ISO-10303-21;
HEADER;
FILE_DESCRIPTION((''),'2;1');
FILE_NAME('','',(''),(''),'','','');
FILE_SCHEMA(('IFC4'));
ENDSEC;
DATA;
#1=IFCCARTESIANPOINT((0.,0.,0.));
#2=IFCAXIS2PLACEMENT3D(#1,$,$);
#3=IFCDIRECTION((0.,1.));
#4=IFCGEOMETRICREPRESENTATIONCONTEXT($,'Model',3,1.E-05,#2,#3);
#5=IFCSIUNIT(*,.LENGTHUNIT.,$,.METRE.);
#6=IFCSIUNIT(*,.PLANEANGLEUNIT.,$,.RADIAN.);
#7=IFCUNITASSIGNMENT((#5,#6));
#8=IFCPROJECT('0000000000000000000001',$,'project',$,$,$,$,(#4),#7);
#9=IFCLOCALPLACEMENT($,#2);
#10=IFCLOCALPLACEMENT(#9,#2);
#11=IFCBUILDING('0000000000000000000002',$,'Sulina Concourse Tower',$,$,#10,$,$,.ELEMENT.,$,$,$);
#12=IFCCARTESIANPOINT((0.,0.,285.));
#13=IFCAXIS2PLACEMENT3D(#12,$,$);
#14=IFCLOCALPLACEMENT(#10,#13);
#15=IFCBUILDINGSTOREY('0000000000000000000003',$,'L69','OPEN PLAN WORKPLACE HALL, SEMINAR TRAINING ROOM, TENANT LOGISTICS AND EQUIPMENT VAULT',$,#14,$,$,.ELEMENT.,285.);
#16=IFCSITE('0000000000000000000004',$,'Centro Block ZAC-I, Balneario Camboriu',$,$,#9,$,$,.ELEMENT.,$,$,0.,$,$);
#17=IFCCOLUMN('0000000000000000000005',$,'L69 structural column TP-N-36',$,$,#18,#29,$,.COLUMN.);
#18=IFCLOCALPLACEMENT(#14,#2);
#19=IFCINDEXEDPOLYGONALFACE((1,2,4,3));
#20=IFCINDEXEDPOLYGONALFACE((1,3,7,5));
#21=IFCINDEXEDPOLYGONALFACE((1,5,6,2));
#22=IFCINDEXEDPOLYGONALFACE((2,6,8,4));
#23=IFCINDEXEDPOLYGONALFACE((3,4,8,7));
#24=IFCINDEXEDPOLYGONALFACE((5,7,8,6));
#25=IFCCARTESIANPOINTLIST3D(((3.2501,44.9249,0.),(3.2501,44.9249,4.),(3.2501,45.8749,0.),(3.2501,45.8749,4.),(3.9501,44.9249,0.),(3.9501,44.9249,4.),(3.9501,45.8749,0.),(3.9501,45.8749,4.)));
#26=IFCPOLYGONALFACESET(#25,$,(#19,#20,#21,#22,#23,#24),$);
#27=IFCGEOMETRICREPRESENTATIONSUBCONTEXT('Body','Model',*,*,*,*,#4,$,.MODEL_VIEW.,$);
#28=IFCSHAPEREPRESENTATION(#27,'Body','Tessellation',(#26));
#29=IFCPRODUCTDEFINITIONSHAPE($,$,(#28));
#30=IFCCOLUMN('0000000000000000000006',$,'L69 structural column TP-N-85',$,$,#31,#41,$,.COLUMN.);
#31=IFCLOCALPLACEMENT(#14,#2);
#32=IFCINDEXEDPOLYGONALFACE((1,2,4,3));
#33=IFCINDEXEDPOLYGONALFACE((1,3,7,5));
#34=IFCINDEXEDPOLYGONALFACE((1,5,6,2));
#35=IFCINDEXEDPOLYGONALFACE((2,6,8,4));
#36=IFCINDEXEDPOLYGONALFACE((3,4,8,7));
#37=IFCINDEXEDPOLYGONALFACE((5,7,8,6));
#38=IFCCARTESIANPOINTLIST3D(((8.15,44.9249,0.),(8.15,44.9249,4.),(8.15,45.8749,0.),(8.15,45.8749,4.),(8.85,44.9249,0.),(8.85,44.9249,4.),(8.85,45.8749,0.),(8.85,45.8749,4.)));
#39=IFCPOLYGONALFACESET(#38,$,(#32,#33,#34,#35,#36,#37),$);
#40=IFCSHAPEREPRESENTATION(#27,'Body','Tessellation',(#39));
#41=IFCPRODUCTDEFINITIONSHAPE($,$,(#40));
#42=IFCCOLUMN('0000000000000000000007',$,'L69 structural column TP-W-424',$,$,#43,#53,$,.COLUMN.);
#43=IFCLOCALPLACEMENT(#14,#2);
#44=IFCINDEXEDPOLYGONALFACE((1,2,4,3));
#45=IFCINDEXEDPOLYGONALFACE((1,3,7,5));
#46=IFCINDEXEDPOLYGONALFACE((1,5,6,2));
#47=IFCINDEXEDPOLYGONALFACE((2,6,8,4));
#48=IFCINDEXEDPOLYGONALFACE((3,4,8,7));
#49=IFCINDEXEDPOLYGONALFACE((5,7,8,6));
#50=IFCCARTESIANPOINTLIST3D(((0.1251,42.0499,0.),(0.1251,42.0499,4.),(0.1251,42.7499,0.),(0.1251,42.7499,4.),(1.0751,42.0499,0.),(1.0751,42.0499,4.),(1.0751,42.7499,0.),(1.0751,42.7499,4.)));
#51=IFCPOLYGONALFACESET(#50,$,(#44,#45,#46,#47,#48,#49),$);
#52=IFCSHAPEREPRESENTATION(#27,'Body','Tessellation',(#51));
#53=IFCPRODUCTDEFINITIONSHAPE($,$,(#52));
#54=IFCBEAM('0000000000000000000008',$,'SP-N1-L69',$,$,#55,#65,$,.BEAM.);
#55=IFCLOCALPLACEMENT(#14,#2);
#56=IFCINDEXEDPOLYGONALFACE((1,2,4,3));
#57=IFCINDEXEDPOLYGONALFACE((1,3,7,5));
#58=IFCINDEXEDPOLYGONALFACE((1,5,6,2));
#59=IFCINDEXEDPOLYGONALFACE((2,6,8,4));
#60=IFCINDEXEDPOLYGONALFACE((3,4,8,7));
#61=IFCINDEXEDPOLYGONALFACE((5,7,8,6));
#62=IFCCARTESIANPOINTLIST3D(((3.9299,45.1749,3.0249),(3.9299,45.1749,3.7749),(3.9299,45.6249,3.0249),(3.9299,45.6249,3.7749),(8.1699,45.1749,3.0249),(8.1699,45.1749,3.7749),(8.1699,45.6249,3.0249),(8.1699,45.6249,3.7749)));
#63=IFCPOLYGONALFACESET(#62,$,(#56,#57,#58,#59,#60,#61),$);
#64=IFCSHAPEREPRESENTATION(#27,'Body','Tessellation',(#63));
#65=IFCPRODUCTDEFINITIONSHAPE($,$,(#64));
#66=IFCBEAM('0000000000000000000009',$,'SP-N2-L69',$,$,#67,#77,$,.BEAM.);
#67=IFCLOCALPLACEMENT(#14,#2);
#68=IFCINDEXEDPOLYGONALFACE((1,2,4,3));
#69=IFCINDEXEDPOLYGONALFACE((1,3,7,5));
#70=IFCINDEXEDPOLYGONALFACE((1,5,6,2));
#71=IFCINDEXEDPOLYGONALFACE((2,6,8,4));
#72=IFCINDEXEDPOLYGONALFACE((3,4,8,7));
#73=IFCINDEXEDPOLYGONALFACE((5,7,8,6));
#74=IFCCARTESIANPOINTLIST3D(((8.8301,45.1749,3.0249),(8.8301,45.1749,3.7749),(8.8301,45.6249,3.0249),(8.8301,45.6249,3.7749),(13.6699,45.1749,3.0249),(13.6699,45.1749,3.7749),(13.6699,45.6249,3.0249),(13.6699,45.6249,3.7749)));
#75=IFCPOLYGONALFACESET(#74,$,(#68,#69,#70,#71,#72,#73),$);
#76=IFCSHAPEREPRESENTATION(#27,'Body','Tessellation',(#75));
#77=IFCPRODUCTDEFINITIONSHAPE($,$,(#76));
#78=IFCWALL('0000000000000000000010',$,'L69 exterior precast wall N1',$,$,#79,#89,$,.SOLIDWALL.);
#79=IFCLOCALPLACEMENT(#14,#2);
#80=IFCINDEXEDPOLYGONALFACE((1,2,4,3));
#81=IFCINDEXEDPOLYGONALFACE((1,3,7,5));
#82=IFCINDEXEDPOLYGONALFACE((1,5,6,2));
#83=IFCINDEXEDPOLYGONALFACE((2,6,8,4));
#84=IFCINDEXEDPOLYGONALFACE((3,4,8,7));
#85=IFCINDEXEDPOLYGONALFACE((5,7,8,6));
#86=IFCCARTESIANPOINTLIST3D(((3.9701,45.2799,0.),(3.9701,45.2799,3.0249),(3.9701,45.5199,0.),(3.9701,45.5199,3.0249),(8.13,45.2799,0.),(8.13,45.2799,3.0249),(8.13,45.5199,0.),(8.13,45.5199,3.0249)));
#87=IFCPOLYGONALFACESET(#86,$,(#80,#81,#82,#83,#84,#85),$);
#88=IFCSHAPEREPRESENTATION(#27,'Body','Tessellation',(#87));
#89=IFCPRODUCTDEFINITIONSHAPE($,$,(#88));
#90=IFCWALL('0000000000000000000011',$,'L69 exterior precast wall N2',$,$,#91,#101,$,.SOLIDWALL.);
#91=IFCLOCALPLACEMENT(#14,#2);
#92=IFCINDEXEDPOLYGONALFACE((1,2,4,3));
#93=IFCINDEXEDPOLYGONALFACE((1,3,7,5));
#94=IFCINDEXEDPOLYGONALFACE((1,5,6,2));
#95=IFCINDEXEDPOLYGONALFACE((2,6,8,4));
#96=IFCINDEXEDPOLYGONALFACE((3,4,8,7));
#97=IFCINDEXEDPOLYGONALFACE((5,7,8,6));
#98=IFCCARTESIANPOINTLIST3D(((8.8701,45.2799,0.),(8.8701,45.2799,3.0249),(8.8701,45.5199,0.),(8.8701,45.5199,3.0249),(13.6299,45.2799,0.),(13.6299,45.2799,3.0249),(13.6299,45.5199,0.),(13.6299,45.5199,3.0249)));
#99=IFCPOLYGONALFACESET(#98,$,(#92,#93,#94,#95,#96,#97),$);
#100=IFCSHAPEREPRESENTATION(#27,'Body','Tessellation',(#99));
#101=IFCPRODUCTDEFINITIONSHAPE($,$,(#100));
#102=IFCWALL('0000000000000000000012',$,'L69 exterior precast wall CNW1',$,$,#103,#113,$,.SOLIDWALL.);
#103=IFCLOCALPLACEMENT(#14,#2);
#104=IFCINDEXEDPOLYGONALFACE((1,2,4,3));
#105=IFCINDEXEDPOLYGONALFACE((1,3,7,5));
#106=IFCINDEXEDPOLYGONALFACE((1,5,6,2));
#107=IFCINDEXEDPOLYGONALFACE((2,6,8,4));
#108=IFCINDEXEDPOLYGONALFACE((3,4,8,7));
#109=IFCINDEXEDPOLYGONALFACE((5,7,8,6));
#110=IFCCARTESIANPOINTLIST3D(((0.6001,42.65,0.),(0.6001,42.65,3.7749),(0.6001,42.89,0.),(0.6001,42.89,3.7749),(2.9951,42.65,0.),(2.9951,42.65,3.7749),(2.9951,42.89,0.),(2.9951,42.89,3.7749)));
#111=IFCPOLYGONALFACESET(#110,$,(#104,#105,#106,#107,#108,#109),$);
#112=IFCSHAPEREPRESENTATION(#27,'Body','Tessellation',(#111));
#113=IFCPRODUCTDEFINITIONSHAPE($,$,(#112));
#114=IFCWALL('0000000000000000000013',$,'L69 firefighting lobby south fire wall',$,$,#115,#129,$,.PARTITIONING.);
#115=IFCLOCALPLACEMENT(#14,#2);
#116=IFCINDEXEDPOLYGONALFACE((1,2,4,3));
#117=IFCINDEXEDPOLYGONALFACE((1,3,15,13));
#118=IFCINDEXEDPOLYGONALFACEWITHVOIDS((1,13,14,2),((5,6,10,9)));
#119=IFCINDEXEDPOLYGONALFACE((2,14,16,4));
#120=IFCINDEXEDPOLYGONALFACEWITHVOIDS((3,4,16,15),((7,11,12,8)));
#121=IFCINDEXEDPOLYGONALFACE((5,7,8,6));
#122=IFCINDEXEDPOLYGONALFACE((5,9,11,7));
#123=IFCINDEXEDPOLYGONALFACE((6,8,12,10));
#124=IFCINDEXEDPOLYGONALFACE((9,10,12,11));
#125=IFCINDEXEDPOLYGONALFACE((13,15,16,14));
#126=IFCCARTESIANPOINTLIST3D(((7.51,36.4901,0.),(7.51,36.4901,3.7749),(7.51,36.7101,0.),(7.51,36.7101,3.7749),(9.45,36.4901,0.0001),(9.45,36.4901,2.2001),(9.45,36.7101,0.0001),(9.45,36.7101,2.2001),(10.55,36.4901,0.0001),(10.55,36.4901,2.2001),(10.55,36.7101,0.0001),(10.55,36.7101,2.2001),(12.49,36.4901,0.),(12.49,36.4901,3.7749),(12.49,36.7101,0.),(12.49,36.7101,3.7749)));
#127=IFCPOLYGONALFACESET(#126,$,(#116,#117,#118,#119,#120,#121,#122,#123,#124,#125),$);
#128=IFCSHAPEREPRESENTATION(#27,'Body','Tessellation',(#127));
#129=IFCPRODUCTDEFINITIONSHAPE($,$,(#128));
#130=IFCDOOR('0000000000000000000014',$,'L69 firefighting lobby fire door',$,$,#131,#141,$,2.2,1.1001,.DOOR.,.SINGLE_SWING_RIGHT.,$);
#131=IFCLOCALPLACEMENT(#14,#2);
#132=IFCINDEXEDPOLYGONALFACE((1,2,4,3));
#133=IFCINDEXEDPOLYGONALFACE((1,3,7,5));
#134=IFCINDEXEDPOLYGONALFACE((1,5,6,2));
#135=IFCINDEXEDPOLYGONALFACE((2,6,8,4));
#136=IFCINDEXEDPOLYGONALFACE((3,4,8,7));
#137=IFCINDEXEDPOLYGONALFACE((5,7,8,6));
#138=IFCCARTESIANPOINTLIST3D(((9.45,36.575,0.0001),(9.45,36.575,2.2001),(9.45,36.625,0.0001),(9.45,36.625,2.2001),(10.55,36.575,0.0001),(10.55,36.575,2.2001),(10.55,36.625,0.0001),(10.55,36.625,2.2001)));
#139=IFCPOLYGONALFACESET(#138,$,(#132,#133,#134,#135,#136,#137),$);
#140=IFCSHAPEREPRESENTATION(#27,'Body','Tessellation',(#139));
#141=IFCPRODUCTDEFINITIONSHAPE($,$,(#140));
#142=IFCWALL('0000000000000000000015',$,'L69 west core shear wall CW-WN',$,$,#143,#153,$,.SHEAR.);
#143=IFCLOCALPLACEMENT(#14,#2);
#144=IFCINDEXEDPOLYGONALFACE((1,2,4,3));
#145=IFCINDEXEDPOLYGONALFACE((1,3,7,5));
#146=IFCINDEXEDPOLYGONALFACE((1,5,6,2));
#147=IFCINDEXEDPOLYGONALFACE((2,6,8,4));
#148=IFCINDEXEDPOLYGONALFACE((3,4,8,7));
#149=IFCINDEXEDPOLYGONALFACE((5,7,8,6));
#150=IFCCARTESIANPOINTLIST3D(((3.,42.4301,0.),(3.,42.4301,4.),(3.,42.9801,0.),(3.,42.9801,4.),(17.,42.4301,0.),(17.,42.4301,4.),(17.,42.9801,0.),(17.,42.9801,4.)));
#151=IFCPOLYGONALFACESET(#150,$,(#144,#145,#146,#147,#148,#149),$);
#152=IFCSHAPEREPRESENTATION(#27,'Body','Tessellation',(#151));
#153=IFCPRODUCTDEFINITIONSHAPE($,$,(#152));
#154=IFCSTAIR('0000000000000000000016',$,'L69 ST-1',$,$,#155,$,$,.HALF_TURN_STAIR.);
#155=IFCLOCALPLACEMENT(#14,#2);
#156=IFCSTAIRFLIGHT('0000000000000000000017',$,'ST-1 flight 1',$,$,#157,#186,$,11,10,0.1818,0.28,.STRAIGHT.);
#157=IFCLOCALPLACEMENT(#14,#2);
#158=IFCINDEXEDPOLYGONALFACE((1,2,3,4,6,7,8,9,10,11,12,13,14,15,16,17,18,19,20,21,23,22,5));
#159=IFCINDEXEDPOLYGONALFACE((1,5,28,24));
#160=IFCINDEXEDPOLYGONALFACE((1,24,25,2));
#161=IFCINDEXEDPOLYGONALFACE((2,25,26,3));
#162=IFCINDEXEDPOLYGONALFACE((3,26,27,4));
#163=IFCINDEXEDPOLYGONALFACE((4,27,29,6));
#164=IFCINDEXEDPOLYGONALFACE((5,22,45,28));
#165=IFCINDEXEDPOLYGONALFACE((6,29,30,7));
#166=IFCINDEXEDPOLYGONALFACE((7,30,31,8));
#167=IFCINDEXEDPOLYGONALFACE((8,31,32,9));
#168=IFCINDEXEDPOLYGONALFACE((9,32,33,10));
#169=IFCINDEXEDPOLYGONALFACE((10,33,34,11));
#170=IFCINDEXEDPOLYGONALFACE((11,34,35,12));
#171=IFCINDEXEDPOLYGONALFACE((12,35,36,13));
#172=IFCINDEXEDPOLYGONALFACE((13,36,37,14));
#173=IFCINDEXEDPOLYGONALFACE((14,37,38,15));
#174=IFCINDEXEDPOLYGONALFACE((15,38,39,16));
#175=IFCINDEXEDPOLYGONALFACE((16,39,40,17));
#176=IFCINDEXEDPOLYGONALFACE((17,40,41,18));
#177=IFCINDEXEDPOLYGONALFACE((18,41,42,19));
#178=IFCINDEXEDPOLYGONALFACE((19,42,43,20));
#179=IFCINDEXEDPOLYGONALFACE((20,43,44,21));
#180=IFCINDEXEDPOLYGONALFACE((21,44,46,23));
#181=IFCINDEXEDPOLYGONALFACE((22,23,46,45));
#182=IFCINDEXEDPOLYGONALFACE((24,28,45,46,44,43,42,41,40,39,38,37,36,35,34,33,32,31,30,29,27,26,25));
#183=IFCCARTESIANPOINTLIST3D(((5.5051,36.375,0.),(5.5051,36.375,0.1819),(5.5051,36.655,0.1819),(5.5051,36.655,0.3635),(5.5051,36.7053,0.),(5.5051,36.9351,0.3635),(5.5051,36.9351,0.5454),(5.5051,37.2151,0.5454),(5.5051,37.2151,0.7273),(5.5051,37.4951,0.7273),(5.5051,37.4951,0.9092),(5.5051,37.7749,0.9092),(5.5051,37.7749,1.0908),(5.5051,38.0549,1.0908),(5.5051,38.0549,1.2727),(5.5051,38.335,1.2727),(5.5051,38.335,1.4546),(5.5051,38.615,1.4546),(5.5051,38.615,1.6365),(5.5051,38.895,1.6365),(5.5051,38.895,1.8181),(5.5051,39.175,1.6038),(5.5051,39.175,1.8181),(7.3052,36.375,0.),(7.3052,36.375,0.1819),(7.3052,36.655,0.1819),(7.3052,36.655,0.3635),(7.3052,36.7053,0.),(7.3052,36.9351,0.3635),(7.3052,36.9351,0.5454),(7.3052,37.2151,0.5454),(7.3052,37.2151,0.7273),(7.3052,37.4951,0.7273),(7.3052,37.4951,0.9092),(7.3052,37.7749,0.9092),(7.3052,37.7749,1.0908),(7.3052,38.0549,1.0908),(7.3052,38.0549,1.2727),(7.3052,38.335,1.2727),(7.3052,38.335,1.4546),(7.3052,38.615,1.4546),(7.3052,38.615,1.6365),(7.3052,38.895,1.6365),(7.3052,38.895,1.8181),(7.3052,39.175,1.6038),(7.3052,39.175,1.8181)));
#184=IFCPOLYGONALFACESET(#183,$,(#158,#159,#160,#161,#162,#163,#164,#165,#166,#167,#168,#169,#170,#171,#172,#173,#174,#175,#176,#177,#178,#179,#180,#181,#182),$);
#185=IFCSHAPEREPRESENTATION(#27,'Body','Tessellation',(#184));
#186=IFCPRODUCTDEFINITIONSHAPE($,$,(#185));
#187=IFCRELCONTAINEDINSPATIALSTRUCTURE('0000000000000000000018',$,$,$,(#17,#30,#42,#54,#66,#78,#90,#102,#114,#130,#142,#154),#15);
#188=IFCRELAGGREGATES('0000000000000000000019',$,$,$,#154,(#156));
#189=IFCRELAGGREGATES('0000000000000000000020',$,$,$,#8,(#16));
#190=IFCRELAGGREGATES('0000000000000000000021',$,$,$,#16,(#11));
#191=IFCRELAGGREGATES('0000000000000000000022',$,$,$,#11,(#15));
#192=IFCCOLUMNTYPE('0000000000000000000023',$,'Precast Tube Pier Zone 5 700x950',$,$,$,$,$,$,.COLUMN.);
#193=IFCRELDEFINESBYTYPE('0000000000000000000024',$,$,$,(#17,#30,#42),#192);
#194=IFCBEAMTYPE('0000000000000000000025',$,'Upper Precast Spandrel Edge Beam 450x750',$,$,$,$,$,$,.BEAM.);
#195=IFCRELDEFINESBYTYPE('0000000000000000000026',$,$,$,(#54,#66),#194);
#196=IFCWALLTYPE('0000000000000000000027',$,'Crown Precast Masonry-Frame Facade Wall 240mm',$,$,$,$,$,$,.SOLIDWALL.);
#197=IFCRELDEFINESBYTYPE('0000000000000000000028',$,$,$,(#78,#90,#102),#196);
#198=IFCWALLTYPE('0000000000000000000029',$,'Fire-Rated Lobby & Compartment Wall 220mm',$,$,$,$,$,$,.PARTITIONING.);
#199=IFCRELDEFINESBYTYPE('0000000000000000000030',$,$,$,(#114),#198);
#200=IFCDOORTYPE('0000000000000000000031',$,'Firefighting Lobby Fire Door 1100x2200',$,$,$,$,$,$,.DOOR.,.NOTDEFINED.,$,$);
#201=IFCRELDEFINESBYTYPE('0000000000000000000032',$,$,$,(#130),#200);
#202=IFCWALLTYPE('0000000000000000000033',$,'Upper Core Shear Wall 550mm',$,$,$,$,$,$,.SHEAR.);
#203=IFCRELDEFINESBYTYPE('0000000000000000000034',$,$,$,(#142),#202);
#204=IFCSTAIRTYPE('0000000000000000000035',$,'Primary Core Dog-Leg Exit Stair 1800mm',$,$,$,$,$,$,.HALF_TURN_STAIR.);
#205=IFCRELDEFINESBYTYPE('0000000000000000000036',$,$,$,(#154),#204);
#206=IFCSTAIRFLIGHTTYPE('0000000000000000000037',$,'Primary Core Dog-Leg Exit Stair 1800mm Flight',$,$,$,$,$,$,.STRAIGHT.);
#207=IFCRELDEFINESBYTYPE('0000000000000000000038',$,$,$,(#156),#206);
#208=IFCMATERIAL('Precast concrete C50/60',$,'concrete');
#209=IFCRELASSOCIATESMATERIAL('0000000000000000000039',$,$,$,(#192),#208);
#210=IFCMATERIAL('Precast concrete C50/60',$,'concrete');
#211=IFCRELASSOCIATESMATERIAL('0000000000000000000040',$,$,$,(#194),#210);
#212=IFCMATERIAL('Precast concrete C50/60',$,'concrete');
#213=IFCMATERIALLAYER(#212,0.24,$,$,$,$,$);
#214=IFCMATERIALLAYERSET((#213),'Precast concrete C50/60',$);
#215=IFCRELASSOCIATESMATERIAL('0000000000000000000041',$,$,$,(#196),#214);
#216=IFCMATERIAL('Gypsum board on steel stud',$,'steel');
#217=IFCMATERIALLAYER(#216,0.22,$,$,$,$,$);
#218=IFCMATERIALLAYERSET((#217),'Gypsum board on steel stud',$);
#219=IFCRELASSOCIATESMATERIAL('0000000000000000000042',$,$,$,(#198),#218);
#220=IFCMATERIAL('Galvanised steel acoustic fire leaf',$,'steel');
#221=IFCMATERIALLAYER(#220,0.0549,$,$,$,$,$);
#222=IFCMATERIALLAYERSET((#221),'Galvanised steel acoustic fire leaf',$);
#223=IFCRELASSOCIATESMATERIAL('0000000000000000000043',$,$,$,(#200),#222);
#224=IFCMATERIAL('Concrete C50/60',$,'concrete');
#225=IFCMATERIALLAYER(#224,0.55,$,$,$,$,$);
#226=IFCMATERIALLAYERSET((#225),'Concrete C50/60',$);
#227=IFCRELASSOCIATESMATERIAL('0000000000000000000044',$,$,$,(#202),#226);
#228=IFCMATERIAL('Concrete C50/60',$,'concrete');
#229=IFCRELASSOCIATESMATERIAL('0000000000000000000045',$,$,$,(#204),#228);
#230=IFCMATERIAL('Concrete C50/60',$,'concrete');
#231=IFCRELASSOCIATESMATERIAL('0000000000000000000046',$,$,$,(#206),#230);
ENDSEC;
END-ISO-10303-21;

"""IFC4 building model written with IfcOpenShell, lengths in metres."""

from ifc_helpers import new_model, si_unit, direction, frame, frame_2d, origin, origin_2d, place, context, subcontext, project, spatial, polyline, rectangle, outline, extrude, material, layer, layer_set, material_profile, profile_set, type_object, element, fill, aggregate, save


model = new_model("IFC4")

# Units and contexts
model_context = context("Model", 3, precision=1e-05, world=origin(), true_north=direction((0.0, 1.0)))
body_context = subcontext(model_context, "Body", "Model", "MODEL_VIEW")
ifc_project = project(units=[si_unit("LENGTHUNIT", "METRE"), si_unit("PLANEANGLEUNIT", "RADIAN")], contexts=[model_context])

# Site, building, storey
site_placement = place(None, origin())
site = spatial("IfcSite", under=ifc_project, at=site_placement, Name="Centro Block ZAC-I, Balneario Camboriu", CompositionType="ELEMENT", RefElevation=0.0)
building_placement = place(site_placement, origin())
building = spatial("IfcBuilding", under=site, at=building_placement, Name="Sulina Concourse Tower", CompositionType="ELEMENT")
storey_placement = place(building_placement, frame((0.0, 0.0, 285.0)))
storey = spatial("IfcBuildingStorey", under=building, at=storey_placement, Name="L69", Description="OPEN PLAN WORKPLACE HALL, SEMINAR TRAINING ROOM, TENANT LOGISTICS AND EQUIPMENT VAULT", CompositionType="ELEMENT", Elevation=285.0)

# Columns
ifc_material_1 = material(Name="Precast concrete C50/60", Category="concrete")
ifc_material_profile_1 = material_profile(ifc_material_1, rectangle(XDim=0.7, YDim=0.95, at=origin_2d()), Name="PC 700x950")
ifc_profile_set_1 = profile_set([ifc_material_profile_1], Name="Precast concrete C50/60")
column_type = type_object("IfcColumnType", Name="Precast Tube Pier Zone 5 700x950", PredefinedType="COLUMN", material=ifc_profile_set_1)
for number, where, z_axis, x_axis, name in (
    (1, (3.6001, 45.3999, 0.0), (0.0, 0.0, 1.0), (1.0, 0.0, 0.0), "L69 structural column TP-N-36"),
    (2, (8.5, 45.3999, 0.0), (0.0, 0.0, 1.0), (1.0, 0.0, 0.0), "L69 structural column TP-N-85"),
    (3, (0.6001, 42.3999, 0.0), (0.0, 0.0, 1.0), (0.0, 1.0, 0.0), "L69 structural column TP-W-424"),
):
    element("IfcColumn", number, at=place(storey_placement, frame(where, z_axis=z_axis, x_axis=x_axis)), inside=storey, type_object=column_type, Name=name, PredefinedType="COLUMN", context=body_context, shape_type="SweptSolid", body=[
        extrude(rectangle(XDim=0.7, YDim=0.95, at=origin_2d()), origin(), (0.0, 0.0, 1.0), 4.0),
    ])

# Beams
ifc_material_2 = material(Name="Precast concrete C50/60", Category="concrete")
ifc_material_profile_2 = material_profile(ifc_material_2, rectangle(XDim=0.45, YDim=0.75, at=origin_2d()), Name="RC 450x750")
ifc_profile_set_2 = profile_set([ifc_material_profile_2], Name="Precast concrete C50/60")
beam_type = type_object("IfcBeamType", Name="Upper Precast Spandrel Edge Beam 450x750", PredefinedType="BEAM", material=ifc_profile_set_2)
beam_1_placement = place(storey_placement, frame((3.9299, 45.3999, 3.3999), z_axis=(1.0, 0.0, 0.0), x_axis=(0.0, 1.0, 0.0)))
element("IfcBeam", 4, at=beam_1_placement, inside=storey, type_object=beam_type, Name="SP-N1-L69", PredefinedType="BEAM", context=body_context, shape_type="SweptSolid", body=[
    extrude(rectangle(XDim=0.45, YDim=0.75, at=origin_2d()), origin(), (0.0, 0.0, 1.0), 4.24),
])
beam_2_placement = place(storey_placement, frame((8.8301, 45.3999, 3.3999), z_axis=(1.0, 0.0, 0.0), x_axis=(0.0, 1.0, 0.0)))
element("IfcBeam", 5, at=beam_2_placement, inside=storey, type_object=beam_type, Name="SP-N2-L69", PredefinedType="BEAM", context=body_context, shape_type="SweptSolid", body=[
    extrude(rectangle(XDim=0.45, YDim=0.75, at=origin_2d()), origin(), (0.0, 0.0, 1.0), 4.8398),
])

# Walls
ifc_material_3 = material(Name="Precast concrete C50/60", Category="concrete")
ifc_layer_1 = layer(ifc_material_3, 0.24)
ifc_layer_set_1 = layer_set([ifc_layer_1], Name="Precast concrete C50/60")
wall_type_1 = type_object("IfcWallType", Name="Crown Precast Masonry-Frame Facade Wall 240mm", PredefinedType="SOLIDWALL", material=ifc_layer_set_1)
wall_1_placement = place(storey_placement, frame((3.97, 45.3999, 0.0), z_axis=(0.0, 0.0, 1.0), x_axis=(1.0, 0.0, 0.0)))
element("IfcWall", 6, at=wall_1_placement, inside=storey, type_object=wall_type_1, Name="L69 exterior precast wall N1", PredefinedType="SOLIDWALL", context=body_context, shape_type="SweptSolid", body=[
    extrude(rectangle(XDim=4.1599, YDim=0.24, at=frame_2d((2.0801, 0.0))), origin(), (0.0, 0.0, 1.0), 3.0249),
])
wall_2_placement = place(storey_placement, frame((8.8701, 45.3999, 0.0), z_axis=(0.0, 0.0, 1.0), x_axis=(1.0, 0.0, 0.0)))
element("IfcWall", 7, at=wall_2_placement, inside=storey, type_object=wall_type_1, Name="L69 exterior precast wall N2", PredefinedType="SOLIDWALL", context=body_context, shape_type="SweptSolid", body=[
    extrude(rectangle(XDim=4.7598, YDim=0.24, at=frame_2d((2.3799, 0.0))), origin(), (0.0, 0.0, 1.0), 3.0249),
])
wall_3_placement = place(storey_placement, frame((0.6001, 42.77, 0.0), z_axis=(0.0, 0.0, 1.0), x_axis=(1.0, 0.0, 0.0)))
element("IfcWall", 8, at=wall_3_placement, inside=storey, type_object=wall_type_1, Name="L69 exterior precast wall CNW1", PredefinedType="SOLIDWALL", context=body_context, shape_type="SweptSolid", body=[
    extrude(rectangle(XDim=2.395, YDim=0.24, at=frame_2d((1.1975, 0.0))), origin(), (0.0, 0.0, 1.0), 3.7749),
])

# Wall, opening, door
ifc_material_4 = material(Name="Gypsum board on steel stud", Category="steel")
ifc_layer_2 = layer(ifc_material_4, 0.22)
ifc_layer_set_2 = layer_set([ifc_layer_2], Name="Gypsum board on steel stud")
wall_type_2 = type_object("IfcWallType", Name="Fire-Rated Lobby & Compartment Wall 220mm", PredefinedType="PARTITIONING", material=ifc_layer_set_2)
wall_4_placement = place(storey_placement, frame((7.51, 36.6001, 0.0), z_axis=(0.0, 0.0, 1.0), x_axis=(1.0, 0.0, 0.0)))
wall_4 = element("IfcWall", 9, at=wall_4_placement, inside=storey, type_object=wall_type_2, Name="L69 firefighting lobby south fire wall", PredefinedType="PARTITIONING", context=body_context, shape_type="SweptSolid", body=[
    extrude(rectangle(XDim=4.98, YDim=0.22, at=frame_2d((2.49, 0.0))), origin(), (0.0, 0.0, 1.0), 3.7749),
])
opening_placement = place(wall_4_placement, frame((1.9399, 0.0, 0.0)))
opening = element("IfcOpeningElement", 10, at=opening_placement, cuts=wall_4, PredefinedType="OPENING", context=body_context, shape_type="SweptSolid", body=[
    extrude(rectangle(XDim=1.1001, YDim=2.2, at=frame_2d((0.55, 1.1001))), frame((0.0, 0.1199, 0.0), z_axis=(0.0, -1.0, 0.0), x_axis=(1.0, 0.0, 0.0)), (0.0, 0.0, 1.0), 0.24),
])
ifc_material_5 = material(Name="Galvanised steel acoustic fire leaf", Category="steel")
ifc_layer_3 = layer(ifc_material_5, 0.0549)
ifc_layer_set_3 = layer_set([ifc_layer_3], Name="Galvanised steel acoustic fire leaf")
door_type = type_object("IfcDoorType", Name="Firefighting Lobby Fire Door 1100x2200", OperationType="NOTDEFINED", PredefinedType="DOOR", material=ifc_layer_set_3)
door_placement = place(opening_placement, origin())
door = element("IfcDoor", 11, at=door_placement, inside=storey, type_object=door_type, Name="L69 firefighting lobby fire door", OperationType="SINGLE_SWING_RIGHT", OverallHeight=2.2, OverallWidth=1.1001, PredefinedType="DOOR", context=body_context, shape_type="SweptSolid", body=[
    extrude(rectangle(XDim=1.1001, YDim=2.2, at=frame_2d((0.55, 1.1001))), frame((0.0, 0.0249, 0.0), z_axis=(0.0, -1.0, 0.0), x_axis=(1.0, 0.0, 0.0)), (0.0, 0.0, 1.0), 0.05),
])
fill(opening, door)

# Wall
ifc_material_6 = material(Name="Concrete C50/60", Category="concrete")
ifc_layer_4 = layer(ifc_material_6, 0.55)
ifc_layer_set_4 = layer_set([ifc_layer_4], Name="Concrete C50/60")
wall_type_3 = type_object("IfcWallType", Name="Upper Core Shear Wall 550mm", PredefinedType="SHEAR", material=ifc_layer_set_4)
wall_5_placement = place(storey_placement, frame((3.0, 42.7051, 0.0), z_axis=(0.0, 0.0, 1.0), x_axis=(1.0, 0.0, 0.0)))
element("IfcWall", 12, at=wall_5_placement, inside=storey, type_object=wall_type_3, Name="L69 west core shear wall CW-WN", PredefinedType="SHEAR", context=body_context, shape_type="SweptSolid", body=[
    extrude(rectangle(XDim=14.0, YDim=0.55, at=frame_2d((7.0, 0.0))), origin(), (0.0, 0.0, 1.0), 4.0),
])

# Stair, stair flight
ifc_material_7 = material(Name="Concrete C50/60", Category="concrete")
stair_type = type_object("IfcStairType", Name="Primary Core Dog-Leg Exit Stair 1800mm", PredefinedType="HALF_TURN_STAIR", material=ifc_material_7)
stair_placement = place(storey_placement, origin())
stair = element("IfcStair", 13, at=stair_placement, inside=storey, type_object=stair_type, Name="L69 ST-1", PredefinedType="HALF_TURN_STAIR")
ifc_material_8 = material(Name="Concrete C50/60", Category="concrete")
stair_flight_type = type_object("IfcStairFlightType", Name="Primary Core Dog-Leg Exit Stair 1800mm Flight", PredefinedType="STRAIGHT", material=ifc_material_8)
stair_flight_1_placement = place(storey_placement, frame((6.405, 36.375, 0.0), z_axis=(0.0, 0.0, 1.0), x_axis=(0.0, 1.0, 0.0)))
stair_flight_1 = element("IfcStairFlight", 14, at=stair_flight_1_placement, type_object=stair_flight_type, Name="ST-1 flight 1", NumberOfRisers=11, NumberOfTreads=10, PredefinedType="STRAIGHT", RiserHeight=0.1818, TreadLength=0.28, context=body_context, shape_type="SweptSolid", body=[
    extrude(outline(polyline([(0.0, 0.0), (0.0, 0.1819), (0.28, 0.1819), (0.28, 0.3635), (0.5601, 0.3635), (0.5601, 0.5454), (0.8401, 0.5454), (0.8401, 0.7273), (1.1201, 0.7273), (1.1201, 0.9092), (1.3999, 0.9092), (1.3999, 1.0908), (1.6799, 1.0908), (1.6799, 1.2727), (1.96, 1.2727), (1.96, 1.4546), (2.24, 1.4546), (2.24, 1.6365), (2.52, 1.6365), (2.52, 1.8181), (2.8, 1.8181), (2.8, 2.0), (2.8, 1.6038), (0.3303, 0.0), (0.0, 0.0)])), frame((0.0, 0.8999, 0.0), z_axis=(0.0, -1.0, 0.0), x_axis=(1.0, 0.0, 0.0)), (0.0, 0.0, 1.0), 1.8),
])
aggregate(stair, [stair_flight_1])

save(model, "model.ifc")
